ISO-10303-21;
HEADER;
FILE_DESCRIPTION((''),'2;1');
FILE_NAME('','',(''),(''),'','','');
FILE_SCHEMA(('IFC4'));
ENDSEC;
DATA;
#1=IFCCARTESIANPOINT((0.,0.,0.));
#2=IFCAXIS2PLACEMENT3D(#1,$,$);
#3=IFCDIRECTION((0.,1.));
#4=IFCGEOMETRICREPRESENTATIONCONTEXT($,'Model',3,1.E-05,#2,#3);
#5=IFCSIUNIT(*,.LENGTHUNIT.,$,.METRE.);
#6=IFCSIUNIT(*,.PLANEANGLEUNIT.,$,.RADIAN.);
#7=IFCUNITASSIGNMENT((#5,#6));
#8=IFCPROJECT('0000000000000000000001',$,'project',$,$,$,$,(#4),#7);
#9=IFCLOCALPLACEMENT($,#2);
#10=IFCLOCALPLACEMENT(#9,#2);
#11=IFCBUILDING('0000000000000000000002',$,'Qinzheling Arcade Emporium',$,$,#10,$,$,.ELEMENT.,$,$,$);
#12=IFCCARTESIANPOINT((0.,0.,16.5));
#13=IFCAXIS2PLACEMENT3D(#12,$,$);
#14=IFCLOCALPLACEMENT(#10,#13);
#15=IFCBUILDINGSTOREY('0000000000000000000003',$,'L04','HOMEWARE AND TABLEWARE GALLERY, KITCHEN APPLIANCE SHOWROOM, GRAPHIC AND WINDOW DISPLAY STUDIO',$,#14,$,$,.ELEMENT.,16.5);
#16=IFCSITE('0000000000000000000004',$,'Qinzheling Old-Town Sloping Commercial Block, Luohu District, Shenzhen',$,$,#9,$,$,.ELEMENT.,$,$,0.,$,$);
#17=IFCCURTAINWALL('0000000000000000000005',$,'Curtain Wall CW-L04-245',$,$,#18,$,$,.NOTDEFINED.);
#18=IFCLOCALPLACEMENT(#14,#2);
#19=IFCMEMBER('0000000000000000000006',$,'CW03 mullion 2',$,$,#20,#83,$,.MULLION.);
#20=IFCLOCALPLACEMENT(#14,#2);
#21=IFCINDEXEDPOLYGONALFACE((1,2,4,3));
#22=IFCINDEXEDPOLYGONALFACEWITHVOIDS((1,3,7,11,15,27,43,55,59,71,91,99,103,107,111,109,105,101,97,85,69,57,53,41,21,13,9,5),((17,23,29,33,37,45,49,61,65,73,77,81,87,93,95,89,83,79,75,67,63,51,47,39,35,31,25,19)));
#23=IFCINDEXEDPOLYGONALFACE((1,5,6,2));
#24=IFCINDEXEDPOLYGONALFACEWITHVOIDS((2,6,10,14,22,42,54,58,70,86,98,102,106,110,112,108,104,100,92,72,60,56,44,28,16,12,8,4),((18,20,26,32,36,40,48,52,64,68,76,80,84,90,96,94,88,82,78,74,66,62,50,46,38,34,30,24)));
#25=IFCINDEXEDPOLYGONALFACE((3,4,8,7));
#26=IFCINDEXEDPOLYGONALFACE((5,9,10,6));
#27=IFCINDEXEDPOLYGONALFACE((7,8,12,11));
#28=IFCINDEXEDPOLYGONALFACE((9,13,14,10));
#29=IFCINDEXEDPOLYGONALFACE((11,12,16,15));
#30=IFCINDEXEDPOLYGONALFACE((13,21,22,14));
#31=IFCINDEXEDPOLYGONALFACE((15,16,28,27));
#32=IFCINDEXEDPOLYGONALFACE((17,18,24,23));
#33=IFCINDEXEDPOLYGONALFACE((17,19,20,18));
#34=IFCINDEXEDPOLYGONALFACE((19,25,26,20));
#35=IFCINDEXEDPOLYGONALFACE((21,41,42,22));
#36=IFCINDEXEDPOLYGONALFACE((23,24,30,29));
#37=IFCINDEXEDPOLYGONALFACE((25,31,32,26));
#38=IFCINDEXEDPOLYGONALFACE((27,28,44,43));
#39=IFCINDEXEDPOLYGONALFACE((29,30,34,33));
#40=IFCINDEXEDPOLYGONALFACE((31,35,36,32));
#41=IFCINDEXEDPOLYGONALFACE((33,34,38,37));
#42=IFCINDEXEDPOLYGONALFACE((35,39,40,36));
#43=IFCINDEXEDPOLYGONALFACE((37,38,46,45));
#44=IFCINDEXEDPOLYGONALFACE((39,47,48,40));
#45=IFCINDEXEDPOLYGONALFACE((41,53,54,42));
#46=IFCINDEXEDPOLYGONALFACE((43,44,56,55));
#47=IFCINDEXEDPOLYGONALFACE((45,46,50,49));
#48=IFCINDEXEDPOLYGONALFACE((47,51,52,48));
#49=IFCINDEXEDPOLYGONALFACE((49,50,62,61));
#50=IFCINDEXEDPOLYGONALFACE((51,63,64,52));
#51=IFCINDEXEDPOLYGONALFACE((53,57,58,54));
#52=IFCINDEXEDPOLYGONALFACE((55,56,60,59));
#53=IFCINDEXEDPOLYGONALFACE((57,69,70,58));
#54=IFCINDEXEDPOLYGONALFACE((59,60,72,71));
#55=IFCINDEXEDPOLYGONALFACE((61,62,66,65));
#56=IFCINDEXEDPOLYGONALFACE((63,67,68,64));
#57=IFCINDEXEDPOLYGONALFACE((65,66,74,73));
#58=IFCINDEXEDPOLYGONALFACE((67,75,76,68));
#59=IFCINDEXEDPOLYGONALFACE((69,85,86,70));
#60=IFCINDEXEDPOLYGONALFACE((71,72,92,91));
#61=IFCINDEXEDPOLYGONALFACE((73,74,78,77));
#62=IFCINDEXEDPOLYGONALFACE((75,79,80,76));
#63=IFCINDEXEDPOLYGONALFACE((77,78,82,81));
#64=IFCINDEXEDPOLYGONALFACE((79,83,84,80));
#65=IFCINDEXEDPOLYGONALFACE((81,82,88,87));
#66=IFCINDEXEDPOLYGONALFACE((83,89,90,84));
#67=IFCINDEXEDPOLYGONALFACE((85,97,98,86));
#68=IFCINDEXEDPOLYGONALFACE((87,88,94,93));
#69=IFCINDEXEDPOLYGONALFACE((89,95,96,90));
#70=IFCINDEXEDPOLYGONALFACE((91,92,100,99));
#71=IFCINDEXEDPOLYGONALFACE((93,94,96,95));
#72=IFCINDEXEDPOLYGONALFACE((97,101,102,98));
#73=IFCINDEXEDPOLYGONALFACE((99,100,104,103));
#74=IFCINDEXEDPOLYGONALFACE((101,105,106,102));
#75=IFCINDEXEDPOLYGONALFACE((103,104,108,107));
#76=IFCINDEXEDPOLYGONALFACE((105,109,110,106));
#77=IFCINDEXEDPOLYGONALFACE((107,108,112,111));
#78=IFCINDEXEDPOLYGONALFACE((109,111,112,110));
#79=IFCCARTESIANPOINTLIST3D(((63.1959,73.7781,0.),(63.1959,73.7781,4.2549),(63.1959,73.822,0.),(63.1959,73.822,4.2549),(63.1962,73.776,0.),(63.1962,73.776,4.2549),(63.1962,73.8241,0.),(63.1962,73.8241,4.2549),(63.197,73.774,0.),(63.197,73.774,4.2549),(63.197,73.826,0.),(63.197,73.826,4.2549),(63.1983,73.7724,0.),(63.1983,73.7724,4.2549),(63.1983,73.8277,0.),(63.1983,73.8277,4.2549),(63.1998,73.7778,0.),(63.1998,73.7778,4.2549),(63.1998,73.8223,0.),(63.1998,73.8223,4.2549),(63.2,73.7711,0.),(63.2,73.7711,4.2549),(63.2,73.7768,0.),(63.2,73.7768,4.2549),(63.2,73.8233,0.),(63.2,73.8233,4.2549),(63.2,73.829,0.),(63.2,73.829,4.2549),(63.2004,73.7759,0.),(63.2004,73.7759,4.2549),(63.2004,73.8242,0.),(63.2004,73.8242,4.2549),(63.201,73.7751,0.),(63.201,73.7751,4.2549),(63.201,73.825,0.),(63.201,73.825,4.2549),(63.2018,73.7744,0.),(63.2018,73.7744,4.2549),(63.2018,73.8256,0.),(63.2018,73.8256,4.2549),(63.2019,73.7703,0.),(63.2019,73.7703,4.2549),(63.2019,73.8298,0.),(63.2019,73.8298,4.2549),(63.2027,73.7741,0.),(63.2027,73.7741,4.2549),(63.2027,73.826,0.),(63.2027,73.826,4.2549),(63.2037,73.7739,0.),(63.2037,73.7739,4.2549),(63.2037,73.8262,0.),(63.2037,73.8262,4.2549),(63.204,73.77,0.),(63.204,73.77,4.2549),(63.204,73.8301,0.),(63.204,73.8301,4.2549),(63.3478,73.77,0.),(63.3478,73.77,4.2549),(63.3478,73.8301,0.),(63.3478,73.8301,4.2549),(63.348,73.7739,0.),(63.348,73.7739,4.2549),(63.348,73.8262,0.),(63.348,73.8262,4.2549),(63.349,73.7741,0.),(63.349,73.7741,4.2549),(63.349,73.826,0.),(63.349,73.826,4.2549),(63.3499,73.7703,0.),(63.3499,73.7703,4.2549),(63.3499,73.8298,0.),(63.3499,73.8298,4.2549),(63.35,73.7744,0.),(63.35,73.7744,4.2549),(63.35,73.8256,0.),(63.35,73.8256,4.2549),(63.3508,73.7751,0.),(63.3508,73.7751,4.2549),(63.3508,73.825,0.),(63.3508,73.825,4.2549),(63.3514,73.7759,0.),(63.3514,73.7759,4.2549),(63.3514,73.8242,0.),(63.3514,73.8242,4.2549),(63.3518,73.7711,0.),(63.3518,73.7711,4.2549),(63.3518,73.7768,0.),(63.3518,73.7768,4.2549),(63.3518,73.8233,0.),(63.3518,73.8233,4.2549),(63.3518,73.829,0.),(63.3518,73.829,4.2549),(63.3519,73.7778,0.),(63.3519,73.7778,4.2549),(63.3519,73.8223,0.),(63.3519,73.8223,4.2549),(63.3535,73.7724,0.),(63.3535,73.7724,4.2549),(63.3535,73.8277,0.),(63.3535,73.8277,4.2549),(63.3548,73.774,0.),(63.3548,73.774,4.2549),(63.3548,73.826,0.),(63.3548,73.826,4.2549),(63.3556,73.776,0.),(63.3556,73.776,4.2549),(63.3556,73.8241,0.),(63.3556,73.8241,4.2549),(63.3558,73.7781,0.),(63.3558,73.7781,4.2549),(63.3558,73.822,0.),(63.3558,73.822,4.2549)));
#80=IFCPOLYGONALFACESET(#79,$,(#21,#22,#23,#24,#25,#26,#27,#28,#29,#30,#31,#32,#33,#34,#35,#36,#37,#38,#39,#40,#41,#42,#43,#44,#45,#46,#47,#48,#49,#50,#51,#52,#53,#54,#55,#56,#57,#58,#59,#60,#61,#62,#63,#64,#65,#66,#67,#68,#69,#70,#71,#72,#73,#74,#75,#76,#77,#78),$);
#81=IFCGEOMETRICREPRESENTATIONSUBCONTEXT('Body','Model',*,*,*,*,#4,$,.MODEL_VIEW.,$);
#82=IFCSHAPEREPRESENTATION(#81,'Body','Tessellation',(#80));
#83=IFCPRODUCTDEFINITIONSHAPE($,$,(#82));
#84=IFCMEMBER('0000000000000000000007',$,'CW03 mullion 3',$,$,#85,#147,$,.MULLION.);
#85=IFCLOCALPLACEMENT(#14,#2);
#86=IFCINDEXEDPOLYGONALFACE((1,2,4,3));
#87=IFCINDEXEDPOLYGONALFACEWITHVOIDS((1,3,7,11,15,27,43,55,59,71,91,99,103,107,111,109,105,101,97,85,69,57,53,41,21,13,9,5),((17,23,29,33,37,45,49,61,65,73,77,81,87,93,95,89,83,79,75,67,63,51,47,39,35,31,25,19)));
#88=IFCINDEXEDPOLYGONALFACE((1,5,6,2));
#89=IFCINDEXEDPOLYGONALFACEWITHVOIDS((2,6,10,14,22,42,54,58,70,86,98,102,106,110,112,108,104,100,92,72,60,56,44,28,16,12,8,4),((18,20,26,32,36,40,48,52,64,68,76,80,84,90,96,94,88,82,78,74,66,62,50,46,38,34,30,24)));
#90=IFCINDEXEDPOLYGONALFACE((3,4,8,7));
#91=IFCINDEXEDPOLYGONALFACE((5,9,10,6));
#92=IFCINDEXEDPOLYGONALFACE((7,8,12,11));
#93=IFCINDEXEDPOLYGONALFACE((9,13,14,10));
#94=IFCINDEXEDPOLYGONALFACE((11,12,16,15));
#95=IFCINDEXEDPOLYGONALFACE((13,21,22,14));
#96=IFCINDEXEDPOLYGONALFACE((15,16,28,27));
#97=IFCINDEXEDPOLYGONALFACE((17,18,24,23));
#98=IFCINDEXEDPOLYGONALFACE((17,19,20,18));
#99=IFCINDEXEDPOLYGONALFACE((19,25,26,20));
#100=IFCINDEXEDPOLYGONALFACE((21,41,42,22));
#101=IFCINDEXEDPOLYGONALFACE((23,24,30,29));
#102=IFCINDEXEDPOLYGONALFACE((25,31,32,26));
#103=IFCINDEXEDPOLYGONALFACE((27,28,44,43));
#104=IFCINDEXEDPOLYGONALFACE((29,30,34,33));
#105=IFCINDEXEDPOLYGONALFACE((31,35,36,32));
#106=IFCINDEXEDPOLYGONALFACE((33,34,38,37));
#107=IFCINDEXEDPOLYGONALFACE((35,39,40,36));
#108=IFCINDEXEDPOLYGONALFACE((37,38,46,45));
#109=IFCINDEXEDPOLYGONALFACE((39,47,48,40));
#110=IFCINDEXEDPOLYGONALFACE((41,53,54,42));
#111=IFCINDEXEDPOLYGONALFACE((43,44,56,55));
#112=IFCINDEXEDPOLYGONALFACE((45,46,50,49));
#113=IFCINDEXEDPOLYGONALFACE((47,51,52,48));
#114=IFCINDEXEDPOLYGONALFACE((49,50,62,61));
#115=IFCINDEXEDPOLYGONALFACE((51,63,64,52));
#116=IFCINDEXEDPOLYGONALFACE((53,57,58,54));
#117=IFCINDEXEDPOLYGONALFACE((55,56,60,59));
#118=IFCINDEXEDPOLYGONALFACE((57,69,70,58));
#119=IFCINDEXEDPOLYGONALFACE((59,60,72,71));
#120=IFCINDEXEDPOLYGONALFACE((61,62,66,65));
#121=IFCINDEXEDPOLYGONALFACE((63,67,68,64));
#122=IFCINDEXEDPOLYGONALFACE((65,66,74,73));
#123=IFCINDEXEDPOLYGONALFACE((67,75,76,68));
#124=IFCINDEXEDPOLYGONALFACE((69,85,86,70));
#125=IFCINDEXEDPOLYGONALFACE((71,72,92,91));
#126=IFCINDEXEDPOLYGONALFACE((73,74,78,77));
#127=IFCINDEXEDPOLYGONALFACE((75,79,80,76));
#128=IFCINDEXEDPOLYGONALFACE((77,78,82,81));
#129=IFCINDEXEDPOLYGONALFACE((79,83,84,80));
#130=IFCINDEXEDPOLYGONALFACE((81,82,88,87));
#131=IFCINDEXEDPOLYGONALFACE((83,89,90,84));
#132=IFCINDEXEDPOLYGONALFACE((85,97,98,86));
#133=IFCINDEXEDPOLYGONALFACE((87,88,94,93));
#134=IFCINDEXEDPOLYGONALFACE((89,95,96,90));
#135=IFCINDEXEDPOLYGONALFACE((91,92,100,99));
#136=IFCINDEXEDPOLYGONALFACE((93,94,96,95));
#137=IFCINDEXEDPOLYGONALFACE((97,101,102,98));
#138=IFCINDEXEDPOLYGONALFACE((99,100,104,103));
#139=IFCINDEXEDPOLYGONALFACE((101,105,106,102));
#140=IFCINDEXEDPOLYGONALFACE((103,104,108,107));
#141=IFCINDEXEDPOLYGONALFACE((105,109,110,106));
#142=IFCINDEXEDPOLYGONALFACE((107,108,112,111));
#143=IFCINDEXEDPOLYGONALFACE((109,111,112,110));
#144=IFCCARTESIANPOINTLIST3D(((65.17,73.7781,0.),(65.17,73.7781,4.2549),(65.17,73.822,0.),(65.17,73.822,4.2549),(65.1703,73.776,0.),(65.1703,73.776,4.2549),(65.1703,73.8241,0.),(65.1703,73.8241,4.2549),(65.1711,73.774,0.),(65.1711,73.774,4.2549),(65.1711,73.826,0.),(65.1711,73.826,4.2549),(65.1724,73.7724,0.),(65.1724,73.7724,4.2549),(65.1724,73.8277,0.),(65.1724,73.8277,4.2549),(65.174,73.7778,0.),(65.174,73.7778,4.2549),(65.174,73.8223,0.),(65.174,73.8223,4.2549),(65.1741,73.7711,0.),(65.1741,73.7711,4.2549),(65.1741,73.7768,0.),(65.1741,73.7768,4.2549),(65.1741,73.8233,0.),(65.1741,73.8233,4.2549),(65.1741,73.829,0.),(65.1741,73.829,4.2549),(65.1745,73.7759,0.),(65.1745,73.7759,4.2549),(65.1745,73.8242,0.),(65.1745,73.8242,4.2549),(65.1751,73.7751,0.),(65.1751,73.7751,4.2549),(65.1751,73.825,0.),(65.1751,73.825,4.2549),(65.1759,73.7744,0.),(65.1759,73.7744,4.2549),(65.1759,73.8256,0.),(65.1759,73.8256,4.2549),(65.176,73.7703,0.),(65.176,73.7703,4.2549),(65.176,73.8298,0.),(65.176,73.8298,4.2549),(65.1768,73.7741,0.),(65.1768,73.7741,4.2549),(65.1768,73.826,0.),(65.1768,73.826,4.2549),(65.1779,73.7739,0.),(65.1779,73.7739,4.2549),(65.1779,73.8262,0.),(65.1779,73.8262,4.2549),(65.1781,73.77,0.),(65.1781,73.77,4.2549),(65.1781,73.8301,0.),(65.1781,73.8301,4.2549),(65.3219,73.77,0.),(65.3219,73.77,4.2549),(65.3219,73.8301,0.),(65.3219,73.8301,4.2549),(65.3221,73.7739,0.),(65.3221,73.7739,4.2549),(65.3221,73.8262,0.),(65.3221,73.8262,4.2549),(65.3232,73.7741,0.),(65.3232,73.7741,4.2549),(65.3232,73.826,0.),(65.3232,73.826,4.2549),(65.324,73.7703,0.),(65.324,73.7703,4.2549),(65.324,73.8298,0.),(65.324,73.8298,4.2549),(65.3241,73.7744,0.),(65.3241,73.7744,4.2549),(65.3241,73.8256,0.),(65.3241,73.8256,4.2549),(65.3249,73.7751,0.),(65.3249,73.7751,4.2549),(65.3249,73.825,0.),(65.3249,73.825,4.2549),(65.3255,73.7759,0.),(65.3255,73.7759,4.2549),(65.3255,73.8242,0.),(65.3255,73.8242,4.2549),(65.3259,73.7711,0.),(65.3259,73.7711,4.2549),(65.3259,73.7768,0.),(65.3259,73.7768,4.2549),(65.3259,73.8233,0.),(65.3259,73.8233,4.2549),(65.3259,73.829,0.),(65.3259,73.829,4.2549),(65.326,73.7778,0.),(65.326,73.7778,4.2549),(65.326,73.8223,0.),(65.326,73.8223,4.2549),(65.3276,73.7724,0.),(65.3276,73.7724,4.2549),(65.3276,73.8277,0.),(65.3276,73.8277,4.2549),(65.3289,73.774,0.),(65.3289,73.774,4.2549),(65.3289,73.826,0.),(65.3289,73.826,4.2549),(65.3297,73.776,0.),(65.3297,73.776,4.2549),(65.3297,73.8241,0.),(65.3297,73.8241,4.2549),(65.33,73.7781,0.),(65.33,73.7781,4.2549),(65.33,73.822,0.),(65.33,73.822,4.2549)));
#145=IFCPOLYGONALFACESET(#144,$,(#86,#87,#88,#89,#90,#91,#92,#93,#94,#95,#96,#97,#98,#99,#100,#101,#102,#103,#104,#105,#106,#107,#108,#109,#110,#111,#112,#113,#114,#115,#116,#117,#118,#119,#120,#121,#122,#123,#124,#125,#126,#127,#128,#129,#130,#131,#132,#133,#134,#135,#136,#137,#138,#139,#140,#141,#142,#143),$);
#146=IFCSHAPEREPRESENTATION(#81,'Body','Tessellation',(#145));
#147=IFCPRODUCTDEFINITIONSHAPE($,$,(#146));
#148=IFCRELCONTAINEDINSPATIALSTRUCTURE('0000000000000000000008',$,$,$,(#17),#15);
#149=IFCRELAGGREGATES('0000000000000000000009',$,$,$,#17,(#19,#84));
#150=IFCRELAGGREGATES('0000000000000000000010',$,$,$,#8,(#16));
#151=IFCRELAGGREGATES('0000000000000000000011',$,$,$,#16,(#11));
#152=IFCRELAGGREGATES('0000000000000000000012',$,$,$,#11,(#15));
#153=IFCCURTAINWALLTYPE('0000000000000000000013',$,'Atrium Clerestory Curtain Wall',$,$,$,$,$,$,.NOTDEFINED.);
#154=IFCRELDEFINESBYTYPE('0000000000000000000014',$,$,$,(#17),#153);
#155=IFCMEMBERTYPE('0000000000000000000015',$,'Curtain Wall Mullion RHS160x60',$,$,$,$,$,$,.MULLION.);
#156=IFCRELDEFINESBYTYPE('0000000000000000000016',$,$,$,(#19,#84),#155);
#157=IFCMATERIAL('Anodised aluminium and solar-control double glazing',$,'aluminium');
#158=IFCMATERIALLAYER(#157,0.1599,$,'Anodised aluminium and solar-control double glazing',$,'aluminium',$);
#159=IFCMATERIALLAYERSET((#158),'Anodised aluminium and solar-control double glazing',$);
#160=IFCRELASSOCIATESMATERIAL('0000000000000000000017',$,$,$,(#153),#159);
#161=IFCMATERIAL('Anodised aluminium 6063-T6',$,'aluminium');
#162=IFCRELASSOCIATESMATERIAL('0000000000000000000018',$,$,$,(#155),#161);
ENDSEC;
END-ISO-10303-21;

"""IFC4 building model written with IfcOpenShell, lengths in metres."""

from ifc_helpers import new_model, si_unit, direction, frame, origin, origin_2d, place, context, subcontext, project, spatial, hollow_rectangle, extrude, material, layer, layer_set, material_profile, profile_set, type_object, element, aggregate, save


model = new_model("IFC4")

# Units and contexts
model_context = context("Model", 3, precision=1e-05, world=origin(), true_north=direction((0.0, 1.0)))
body_context = subcontext(model_context, "Body", "Model", "MODEL_VIEW")
ifc_project = project(units=[si_unit("LENGTHUNIT", "METRE"), si_unit("PLANEANGLEUNIT", "RADIAN")], contexts=[model_context])

# Site, building, storey
site_placement = place(None, origin())
site = spatial("IfcSite", under=ifc_project, at=site_placement, Name="Qinzheling Old-Town Sloping Commercial Block, Luohu District, Shenzhen", CompositionType="ELEMENT", RefElevation=0.0)
building_placement = place(site_placement, origin())
building = spatial("IfcBuilding", under=site, at=building_placement, Name="Qinzheling Arcade Emporium", CompositionType="ELEMENT")
storey_placement = place(building_placement, frame((0.0, 0.0, 16.5)))
storey = spatial("IfcBuildingStorey", under=building, at=storey_placement, Name="L04", Description="HOMEWARE AND TABLEWARE GALLERY, KITCHEN APPLIANCE SHOWROOM, GRAPHIC AND WINDOW DISPLAY STUDIO", CompositionType="ELEMENT", Elevation=16.5)

# Curtain wall, members
ifc_material_1 = material(Name="Anodised aluminium and solar-control double glazing", Category="aluminium")
ifc_layer_1 = layer(ifc_material_1, 0.1599, Name="Anodised aluminium and solar-control double glazing", Category="aluminium")
ifc_layer_set_1 = layer_set([ifc_layer_1], Name="Anodised aluminium and solar-control double glazing")
curtain_wall_type = type_object("IfcCurtainWallType", Name="Atrium Clerestory Curtain Wall", PredefinedType="NOTDEFINED", material=ifc_layer_set_1)
ifc_material_2 = material(Name="Anodised aluminium 6063-T6", Category="aluminium")
ifc_material_profile_1 = material_profile(ifc_material_2, hollow_rectangle(XDim=0.0601, YDim=0.1599, WallThickness=0.0039, InnerFilletRadius=0.0039, OuterFilletRadius=0.0081, at=origin_2d()), Name="RHS 160x60x4", Category="aluminium")
ifc_profile_set_1 = profile_set([ifc_material_profile_1], Name="Anodised aluminium 6063-T6")
member_type_1 = type_object("IfcMemberType", Name="Curtain Wall Mullion RHS160x60", PredefinedType="MULLION", material=ifc_profile_set_1)
curtain_wall_1_placement = place(storey_placement, origin())
curtain_wall_1 = element("IfcCurtainWall", 1, at=curtain_wall_1_placement, inside=storey, type_object=curtain_wall_type, Name="Curtain Wall CW-L04-245", PredefinedType="NOTDEFINED")
member_1_placement = place(storey_placement, frame((63.2759, 73.8, 0.0), z_axis=(0.0, 0.0, 1.0), x_axis=(0.0, 1.0, 0.0)))
member_1 = element("IfcMember", 2, at=member_1_placement, type_object=member_type_1, Name="CW03 mullion 2", PredefinedType="MULLION", context=body_context, shape_type="SweptSolid", body=[
    extrude(hollow_rectangle(XDim=0.0601, YDim=0.1599, WallThickness=0.0039, InnerFilletRadius=0.0039, OuterFilletRadius=0.0081, at=origin_2d()), origin(), (0.0, 0.0, 1.0), 4.2549),
])
member_2_placement = place(storey_placement, frame((65.25, 73.8, 0.0), z_axis=(0.0, 0.0, 1.0), x_axis=(0.0, 1.0, 0.0)))
member_2 = element("IfcMember", 3, at=member_2_placement, type_object=member_type_1, Name="CW03 mullion 3", PredefinedType="MULLION", context=body_context, shape_type="SweptSolid", body=[
    extrude(hollow_rectangle(XDim=0.0601, YDim=0.1599, WallThickness=0.0039, InnerFilletRadius=0.0039, OuterFilletRadius=0.0081, at=origin_2d()), origin(), (0.0, 0.0, 1.0), 4.2549),
])

aggregate(curtain_wall_1, [member_1, member_2])

save(model, "model.ifc")
